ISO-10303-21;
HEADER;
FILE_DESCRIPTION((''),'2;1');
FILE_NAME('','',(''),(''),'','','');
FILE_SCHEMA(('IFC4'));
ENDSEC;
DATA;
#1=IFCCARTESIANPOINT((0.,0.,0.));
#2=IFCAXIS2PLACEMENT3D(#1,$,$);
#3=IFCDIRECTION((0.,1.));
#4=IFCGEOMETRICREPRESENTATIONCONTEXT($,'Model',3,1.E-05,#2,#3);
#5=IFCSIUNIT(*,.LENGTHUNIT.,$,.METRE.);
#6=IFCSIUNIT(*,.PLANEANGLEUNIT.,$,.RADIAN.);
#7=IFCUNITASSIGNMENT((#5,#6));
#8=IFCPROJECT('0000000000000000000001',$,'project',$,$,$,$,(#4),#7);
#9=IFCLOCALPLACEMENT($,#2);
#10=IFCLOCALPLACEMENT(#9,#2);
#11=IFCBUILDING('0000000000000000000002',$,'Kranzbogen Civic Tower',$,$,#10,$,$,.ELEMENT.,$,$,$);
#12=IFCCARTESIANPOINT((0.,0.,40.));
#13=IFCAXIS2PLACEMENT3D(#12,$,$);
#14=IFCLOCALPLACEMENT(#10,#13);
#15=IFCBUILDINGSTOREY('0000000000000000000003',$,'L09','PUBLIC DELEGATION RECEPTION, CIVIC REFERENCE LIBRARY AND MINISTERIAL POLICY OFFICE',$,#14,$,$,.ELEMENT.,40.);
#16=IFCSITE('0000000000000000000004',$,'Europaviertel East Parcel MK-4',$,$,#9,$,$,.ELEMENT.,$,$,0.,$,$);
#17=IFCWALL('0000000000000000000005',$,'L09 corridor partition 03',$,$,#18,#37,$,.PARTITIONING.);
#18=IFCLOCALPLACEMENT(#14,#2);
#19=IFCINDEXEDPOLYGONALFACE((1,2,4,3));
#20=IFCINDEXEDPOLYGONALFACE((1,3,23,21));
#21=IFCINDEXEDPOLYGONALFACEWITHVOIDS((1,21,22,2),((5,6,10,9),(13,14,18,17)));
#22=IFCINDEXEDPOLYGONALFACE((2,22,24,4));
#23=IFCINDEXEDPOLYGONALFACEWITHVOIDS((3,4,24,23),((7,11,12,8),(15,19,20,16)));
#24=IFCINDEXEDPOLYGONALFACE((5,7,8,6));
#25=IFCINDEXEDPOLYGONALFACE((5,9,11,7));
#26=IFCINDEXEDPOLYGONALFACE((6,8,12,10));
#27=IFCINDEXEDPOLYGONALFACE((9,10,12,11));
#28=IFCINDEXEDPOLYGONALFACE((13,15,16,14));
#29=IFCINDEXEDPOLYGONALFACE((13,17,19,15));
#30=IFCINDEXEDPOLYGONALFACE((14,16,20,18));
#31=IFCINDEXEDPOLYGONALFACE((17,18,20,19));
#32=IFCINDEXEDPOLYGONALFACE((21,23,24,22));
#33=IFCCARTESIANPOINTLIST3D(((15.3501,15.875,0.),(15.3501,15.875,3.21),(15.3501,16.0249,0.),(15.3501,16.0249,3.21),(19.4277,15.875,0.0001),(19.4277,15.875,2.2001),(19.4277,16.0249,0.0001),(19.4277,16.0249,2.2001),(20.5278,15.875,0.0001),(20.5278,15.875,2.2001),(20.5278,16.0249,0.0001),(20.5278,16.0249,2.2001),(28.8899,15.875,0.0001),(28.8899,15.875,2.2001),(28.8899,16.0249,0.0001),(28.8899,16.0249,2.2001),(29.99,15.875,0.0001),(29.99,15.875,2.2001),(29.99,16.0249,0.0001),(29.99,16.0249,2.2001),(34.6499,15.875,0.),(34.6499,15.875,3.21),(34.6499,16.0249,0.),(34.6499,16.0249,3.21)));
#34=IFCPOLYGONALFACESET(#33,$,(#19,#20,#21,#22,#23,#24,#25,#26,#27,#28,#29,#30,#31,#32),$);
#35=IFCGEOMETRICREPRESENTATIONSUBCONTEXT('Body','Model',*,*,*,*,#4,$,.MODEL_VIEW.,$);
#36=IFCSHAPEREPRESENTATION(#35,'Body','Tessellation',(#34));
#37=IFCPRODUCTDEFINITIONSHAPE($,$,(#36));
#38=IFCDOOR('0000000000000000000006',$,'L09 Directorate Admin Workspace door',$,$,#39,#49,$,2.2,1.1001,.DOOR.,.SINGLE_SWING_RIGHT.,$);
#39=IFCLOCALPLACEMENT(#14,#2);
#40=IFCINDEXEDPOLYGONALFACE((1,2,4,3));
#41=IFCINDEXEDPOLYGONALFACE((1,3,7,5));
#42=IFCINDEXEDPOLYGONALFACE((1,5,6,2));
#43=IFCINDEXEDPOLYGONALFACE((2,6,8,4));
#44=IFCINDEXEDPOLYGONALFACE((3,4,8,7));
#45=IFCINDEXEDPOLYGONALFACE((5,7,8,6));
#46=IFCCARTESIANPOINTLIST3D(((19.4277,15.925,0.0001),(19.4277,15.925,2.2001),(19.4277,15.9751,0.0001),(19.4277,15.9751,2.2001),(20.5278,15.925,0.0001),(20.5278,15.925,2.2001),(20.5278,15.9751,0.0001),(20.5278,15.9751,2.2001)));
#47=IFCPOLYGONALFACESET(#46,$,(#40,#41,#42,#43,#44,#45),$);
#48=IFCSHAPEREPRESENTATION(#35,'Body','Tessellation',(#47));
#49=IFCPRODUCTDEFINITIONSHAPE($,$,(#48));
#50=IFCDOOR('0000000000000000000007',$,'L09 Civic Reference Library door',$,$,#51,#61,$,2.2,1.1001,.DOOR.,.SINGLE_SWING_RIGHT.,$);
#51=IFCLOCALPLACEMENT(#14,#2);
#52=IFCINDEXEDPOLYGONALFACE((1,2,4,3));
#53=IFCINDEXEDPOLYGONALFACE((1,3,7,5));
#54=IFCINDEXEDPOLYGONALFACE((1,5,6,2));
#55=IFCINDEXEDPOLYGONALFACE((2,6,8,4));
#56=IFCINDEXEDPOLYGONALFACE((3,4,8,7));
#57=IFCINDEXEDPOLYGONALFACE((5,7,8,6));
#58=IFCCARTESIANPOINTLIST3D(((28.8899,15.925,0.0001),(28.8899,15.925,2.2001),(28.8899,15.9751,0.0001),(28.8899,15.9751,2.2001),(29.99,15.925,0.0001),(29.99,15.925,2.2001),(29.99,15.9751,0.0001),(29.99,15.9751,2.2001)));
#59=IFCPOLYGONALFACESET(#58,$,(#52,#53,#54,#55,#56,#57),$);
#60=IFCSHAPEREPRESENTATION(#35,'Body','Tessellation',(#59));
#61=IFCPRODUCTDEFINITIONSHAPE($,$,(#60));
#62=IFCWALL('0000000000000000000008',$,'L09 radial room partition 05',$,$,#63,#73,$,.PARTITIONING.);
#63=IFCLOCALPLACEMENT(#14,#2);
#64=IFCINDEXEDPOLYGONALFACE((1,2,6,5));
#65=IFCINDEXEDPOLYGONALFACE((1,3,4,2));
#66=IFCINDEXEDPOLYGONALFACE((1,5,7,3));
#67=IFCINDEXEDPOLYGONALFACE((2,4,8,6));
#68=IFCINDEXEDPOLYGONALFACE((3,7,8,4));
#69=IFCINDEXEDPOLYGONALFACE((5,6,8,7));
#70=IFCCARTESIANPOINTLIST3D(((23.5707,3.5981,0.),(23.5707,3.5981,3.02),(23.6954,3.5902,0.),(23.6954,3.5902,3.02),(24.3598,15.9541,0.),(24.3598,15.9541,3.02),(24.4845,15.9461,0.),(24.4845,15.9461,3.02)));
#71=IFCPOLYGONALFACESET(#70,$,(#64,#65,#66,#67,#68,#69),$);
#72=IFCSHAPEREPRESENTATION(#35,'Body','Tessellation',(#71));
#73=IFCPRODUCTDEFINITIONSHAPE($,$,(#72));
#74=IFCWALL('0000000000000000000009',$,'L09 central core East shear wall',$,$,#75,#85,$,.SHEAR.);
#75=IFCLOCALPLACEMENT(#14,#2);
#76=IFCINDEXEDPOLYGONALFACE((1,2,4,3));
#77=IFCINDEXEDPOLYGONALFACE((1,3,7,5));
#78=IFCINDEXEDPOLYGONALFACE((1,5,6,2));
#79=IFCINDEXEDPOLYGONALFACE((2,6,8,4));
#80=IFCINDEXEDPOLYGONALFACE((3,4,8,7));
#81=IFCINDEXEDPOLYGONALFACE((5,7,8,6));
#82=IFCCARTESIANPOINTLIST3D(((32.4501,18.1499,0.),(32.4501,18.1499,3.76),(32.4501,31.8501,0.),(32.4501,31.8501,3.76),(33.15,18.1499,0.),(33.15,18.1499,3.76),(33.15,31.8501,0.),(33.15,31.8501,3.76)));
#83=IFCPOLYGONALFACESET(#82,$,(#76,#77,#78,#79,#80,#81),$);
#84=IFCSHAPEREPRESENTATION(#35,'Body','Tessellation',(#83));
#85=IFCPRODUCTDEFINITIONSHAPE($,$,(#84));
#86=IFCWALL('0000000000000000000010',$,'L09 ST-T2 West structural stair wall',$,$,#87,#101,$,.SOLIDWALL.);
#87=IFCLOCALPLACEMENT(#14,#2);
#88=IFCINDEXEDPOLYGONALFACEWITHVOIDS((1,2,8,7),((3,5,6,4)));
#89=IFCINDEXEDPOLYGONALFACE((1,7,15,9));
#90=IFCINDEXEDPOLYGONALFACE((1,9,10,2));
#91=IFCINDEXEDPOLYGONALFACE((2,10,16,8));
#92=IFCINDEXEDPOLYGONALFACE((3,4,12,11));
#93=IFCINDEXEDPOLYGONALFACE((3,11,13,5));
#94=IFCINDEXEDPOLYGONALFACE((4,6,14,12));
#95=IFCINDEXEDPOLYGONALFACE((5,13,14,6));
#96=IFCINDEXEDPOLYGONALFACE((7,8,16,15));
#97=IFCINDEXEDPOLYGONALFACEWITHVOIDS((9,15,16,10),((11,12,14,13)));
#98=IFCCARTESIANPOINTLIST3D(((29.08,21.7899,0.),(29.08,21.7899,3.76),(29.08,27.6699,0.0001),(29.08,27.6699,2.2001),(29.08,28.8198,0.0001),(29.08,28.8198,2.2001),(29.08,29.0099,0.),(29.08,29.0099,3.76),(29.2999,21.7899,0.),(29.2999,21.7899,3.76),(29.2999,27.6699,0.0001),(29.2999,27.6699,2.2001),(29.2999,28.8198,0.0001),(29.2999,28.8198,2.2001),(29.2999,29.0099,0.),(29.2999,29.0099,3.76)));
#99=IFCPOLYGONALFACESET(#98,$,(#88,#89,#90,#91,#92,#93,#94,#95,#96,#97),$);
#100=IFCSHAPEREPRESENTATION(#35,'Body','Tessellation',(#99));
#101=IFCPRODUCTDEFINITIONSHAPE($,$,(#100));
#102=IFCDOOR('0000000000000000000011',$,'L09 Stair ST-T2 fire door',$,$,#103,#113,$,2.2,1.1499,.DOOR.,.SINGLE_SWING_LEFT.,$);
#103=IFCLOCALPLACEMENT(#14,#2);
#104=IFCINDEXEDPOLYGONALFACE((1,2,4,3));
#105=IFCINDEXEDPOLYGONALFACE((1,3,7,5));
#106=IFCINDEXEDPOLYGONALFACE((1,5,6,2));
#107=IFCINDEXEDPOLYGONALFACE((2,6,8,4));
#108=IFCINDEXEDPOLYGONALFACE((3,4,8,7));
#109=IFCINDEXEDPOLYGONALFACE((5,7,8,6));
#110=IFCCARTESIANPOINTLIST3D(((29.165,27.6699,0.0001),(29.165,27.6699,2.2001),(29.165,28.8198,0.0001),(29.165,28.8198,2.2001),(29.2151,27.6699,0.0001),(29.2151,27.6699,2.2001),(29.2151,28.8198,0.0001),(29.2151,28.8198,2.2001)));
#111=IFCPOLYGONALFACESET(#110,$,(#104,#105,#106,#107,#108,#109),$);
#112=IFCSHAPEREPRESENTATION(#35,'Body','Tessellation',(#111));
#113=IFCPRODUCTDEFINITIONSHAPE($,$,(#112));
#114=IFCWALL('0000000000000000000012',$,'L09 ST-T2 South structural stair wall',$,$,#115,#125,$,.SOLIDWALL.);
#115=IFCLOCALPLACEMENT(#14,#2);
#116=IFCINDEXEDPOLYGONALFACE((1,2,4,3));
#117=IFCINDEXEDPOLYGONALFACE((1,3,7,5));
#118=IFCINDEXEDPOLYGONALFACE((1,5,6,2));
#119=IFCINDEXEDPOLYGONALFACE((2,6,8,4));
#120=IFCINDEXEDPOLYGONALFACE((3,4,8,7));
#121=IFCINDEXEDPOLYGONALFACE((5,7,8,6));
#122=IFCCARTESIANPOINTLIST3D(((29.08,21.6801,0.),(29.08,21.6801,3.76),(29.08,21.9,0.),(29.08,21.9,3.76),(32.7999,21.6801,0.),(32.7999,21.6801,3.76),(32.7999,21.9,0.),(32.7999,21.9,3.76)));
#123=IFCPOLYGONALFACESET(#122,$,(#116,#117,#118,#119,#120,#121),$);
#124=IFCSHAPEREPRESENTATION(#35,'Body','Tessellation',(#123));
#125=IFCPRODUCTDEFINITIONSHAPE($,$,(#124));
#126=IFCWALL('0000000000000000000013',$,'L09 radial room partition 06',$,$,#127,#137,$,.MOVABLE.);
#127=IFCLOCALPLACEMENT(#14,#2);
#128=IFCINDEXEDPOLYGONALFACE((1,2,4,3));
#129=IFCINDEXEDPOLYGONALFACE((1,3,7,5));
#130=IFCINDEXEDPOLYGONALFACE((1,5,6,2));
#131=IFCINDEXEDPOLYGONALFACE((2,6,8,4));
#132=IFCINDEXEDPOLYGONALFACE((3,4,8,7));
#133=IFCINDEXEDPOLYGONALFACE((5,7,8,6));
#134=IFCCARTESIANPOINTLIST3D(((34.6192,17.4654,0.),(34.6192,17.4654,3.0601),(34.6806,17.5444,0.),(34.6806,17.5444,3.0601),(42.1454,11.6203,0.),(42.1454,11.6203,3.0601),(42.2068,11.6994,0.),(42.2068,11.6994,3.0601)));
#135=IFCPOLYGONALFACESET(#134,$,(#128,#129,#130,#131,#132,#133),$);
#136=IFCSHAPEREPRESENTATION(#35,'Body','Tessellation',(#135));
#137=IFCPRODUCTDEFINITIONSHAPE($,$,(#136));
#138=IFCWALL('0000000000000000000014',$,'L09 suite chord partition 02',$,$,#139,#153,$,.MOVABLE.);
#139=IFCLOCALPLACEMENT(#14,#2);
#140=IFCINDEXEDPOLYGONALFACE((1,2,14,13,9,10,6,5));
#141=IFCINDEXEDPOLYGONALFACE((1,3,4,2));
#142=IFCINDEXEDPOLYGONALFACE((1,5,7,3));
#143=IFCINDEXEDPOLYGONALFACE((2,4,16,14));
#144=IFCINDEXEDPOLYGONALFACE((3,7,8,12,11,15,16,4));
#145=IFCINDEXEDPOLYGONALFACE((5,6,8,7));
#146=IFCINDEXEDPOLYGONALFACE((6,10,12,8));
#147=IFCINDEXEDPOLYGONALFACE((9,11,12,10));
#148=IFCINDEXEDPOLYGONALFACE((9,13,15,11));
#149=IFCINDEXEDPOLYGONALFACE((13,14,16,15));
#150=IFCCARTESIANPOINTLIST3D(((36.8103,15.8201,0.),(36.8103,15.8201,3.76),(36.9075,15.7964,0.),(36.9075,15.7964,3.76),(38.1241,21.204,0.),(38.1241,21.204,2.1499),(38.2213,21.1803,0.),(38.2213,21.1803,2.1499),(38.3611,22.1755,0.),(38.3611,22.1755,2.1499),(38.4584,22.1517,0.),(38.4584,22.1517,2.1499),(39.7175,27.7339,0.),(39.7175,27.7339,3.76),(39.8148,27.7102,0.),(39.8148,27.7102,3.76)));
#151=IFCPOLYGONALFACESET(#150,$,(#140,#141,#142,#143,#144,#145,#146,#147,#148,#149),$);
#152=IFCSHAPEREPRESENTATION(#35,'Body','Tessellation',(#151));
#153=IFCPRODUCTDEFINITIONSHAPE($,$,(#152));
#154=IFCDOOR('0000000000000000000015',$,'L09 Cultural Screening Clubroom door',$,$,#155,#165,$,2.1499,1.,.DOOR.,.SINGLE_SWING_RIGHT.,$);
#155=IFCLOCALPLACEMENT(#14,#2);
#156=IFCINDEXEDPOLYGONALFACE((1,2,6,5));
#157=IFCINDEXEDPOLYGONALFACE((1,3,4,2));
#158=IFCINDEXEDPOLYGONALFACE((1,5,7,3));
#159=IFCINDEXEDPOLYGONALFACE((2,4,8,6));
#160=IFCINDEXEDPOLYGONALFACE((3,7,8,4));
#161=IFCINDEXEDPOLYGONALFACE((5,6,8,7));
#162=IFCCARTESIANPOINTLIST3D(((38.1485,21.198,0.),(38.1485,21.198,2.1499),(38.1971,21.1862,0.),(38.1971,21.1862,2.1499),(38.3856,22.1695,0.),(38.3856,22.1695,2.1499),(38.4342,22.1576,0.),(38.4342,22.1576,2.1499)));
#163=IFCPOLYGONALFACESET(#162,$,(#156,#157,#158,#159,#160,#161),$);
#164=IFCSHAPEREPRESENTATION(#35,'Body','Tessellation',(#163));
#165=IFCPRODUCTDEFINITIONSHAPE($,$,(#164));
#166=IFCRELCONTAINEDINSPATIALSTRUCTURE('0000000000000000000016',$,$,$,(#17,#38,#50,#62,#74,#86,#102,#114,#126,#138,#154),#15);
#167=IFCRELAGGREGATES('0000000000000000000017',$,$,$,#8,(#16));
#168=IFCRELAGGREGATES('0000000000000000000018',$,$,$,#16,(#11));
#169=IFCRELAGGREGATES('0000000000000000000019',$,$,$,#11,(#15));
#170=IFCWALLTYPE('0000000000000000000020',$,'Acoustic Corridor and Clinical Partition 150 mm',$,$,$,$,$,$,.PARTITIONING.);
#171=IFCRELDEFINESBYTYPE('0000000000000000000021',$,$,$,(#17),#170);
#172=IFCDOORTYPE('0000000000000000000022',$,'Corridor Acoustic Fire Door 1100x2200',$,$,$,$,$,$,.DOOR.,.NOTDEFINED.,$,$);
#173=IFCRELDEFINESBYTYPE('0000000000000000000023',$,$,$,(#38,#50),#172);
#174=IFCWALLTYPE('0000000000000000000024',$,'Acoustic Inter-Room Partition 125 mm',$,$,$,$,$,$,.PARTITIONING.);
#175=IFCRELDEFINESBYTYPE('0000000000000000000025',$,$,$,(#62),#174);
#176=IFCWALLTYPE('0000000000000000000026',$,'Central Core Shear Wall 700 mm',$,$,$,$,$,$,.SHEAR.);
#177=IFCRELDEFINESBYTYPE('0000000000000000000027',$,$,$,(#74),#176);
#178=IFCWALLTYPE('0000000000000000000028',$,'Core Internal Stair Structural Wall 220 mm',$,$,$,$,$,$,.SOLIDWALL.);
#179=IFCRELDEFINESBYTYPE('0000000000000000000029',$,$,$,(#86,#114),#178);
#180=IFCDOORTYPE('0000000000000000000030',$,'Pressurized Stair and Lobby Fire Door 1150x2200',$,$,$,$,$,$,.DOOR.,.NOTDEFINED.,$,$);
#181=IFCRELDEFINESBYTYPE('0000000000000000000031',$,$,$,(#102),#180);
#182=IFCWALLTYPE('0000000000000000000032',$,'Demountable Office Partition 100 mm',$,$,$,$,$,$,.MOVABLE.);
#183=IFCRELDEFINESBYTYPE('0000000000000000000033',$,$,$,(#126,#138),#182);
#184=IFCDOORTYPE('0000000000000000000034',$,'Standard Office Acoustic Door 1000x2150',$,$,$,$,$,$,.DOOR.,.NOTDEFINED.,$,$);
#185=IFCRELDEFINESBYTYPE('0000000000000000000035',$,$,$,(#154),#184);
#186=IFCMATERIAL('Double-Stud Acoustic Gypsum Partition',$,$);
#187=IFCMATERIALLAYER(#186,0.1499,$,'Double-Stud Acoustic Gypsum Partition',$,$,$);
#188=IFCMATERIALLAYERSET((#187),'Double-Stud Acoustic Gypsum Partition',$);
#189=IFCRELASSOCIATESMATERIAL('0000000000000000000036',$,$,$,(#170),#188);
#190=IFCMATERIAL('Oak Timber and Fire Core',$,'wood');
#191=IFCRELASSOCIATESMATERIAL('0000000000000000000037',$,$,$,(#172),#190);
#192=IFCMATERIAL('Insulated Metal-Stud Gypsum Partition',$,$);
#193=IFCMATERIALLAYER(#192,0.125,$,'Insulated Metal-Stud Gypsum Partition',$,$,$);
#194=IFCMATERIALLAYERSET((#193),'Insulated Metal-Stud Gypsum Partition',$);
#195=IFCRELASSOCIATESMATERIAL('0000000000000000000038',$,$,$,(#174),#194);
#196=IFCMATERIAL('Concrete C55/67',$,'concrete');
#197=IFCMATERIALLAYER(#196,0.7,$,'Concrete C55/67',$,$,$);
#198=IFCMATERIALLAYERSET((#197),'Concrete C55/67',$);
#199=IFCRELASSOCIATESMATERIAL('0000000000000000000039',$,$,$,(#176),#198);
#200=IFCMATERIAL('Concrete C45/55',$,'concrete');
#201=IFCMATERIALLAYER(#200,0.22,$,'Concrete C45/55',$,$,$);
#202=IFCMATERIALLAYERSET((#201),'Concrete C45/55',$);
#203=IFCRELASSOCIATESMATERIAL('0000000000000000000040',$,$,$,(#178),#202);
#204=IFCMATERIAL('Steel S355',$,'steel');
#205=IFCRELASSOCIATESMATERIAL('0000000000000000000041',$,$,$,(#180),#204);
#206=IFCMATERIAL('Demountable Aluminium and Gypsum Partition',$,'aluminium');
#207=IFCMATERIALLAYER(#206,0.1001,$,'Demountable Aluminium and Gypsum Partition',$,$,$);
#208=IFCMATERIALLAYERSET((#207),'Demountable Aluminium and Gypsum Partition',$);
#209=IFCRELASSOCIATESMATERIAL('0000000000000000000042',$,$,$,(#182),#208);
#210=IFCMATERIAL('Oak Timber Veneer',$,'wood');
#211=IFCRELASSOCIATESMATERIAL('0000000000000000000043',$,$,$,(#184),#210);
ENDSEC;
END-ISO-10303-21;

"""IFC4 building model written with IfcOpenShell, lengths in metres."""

from ifc_helpers import new_model, si_unit, direction, frame, frame_2d, origin, place, context, subcontext, project, spatial, rectangle, extrude, material, layer, layer_set, type_object, element, fill, save


model = new_model("IFC4")

# Units and contexts
model_context = context("Model", 3, precision=1e-05, world=origin(), true_north=direction((0.0, 1.0)))
body_context = subcontext(model_context, "Body", "Model", "MODEL_VIEW")
ifc_project = project(units=[si_unit("LENGTHUNIT", "METRE"), si_unit("PLANEANGLEUNIT", "RADIAN")], contexts=[model_context])

# Site, building, storey
site_placement = place(None, origin())
site = spatial("IfcSite", under=ifc_project, at=site_placement, Name="Europaviertel East Parcel MK-4", CompositionType="ELEMENT", RefElevation=0.0)
building_placement = place(site_placement, origin())
building = spatial("IfcBuilding", under=site, at=building_placement, Name="Kranzbogen Civic Tower", CompositionType="ELEMENT")
storey_placement = place(building_placement, frame((0.0, 0.0, 40.0)))
storey = spatial("IfcBuildingStorey", under=building, at=storey_placement, Name="L09", Description="PUBLIC DELEGATION RECEPTION, CIVIC REFERENCE LIBRARY AND MINISTERIAL POLICY OFFICE", CompositionType="ELEMENT", Elevation=40.0)

# Shared definitions
ifc_material_1 = material(Name="Steel S355", Category="steel")

# Wall, openings, doors
ifc_material_2 = material(Name="Double-Stud Acoustic Gypsum Partition")
ifc_layer_1 = layer(ifc_material_2, 0.1499, Name="Double-Stud Acoustic Gypsum Partition")
ifc_layer_set_1 = layer_set([ifc_layer_1], Name="Double-Stud Acoustic Gypsum Partition")
wall_type_1 = type_object("IfcWallType", Name="Acoustic Corridor and Clinical Partition 150 mm", PredefinedType="PARTITIONING", material=ifc_layer_set_1)
wall_1_placement = place(storey_placement, frame((34.6499, 15.95, 0.0), z_axis=(0.0, 0.0, 1.0), x_axis=(-1.0, 0.0, 0.0)))
wall_1 = element("IfcWall", 1, at=wall_1_placement, inside=storey, type_object=wall_type_1, Name="L09 corridor partition 03", PredefinedType="PARTITIONING", context=body_context, shape_type="SweptSolid", body=[
    extrude(rectangle(XDim=19.2998, YDim=0.1499, at=frame_2d((9.6499, 0.0))), origin(), (0.0, 0.0, 1.0), 3.21),
])
opening_1_placement = place(wall_1_placement, frame((14.1221, 0.0, 0.0)))
opening_1 = element("IfcOpeningElement", 2, at=opening_1_placement, cuts=wall_1, PredefinedType="OPENING", context=body_context, shape_type="SweptSolid", body=[
    extrude(rectangle(XDim=1.1001, YDim=2.2, at=frame_2d((0.55, 1.1001))), frame((0.0, 0.085, 0.0), z_axis=(0.0, -1.0, 0.0), x_axis=(1.0, 0.0, 0.0)), (0.0, 0.0, 1.0), 0.1699),
])
opening_2_placement = place(wall_1_placement, frame((4.6599, 0.0, 0.0)))
opening_2 = element("IfcOpeningElement", 3, at=opening_2_placement, cuts=wall_1, PredefinedType="OPENING", context=body_context, shape_type="SweptSolid", body=[
    extrude(rectangle(XDim=1.1001, YDim=2.2, at=frame_2d((0.55, 1.1001))), frame((0.0, 0.085, 0.0), z_axis=(0.0, -1.0, 0.0), x_axis=(1.0, 0.0, 0.0)), (0.0, 0.0, 1.0), 0.1699),
])
ifc_material_3 = material(Name="Oak Timber and Fire Core", Category="wood")
door_type_1 = type_object("IfcDoorType", Name="Corridor Acoustic Fire Door 1100x2200", OperationType="NOTDEFINED", PredefinedType="DOOR", material=ifc_material_3)
door_1_placement = place(opening_1_placement, origin())
door_1 = element("IfcDoor", 4, at=door_1_placement, inside=storey, type_object=door_type_1, Name="L09 Directorate Admin Workspace door", OperationType="SINGLE_SWING_RIGHT", OverallHeight=2.2, OverallWidth=1.1001, PredefinedType="DOOR", context=body_context, shape_type="SweptSolid", body=[
    extrude(rectangle(XDim=1.1001, YDim=2.2, at=frame_2d((0.55, 1.1001))), frame((0.0, 0.0249, 0.0), z_axis=(0.0, -1.0, 0.0), x_axis=(1.0, 0.0, 0.0)), (0.0, 0.0, 1.0), 0.05),
])
fill(opening_1, door_1)
door_2_placement = place(opening_2_placement, origin())
door_2 = element("IfcDoor", 5, at=door_2_placement, inside=storey, type_object=door_type_1, Name="L09 Civic Reference Library door", OperationType="SINGLE_SWING_RIGHT", OverallHeight=2.2, OverallWidth=1.1001, PredefinedType="DOOR", context=body_context, shape_type="SweptSolid", body=[
    extrude(rectangle(XDim=1.1001, YDim=2.2, at=frame_2d((0.55, 1.1001))), frame((0.0, 0.0249, 0.0), z_axis=(0.0, -1.0, 0.0), x_axis=(1.0, 0.0, 0.0)), (0.0, 0.0, 1.0), 0.05),
])
fill(opening_2, door_2)

# Walls
ifc_material_4 = material(Name="Insulated Metal-Stud Gypsum Partition")
ifc_layer_2 = layer(ifc_material_4, 0.125, Name="Insulated Metal-Stud Gypsum Partition")
ifc_layer_set_2 = layer_set([ifc_layer_2], Name="Insulated Metal-Stud Gypsum Partition")
wall_type_2 = type_object("IfcWallType", Name="Acoustic Inter-Room Partition 125 mm", PredefinedType="PARTITIONING", material=ifc_layer_set_2)
wall_2_placement = place(storey_placement, frame((24.4221, 15.95, 0.0), z_axis=(0.0, 0.0, 1.0), x_axis=(-0.063731, -0.997967, 0.0)))
element("IfcWall", 6, at=wall_2_placement, inside=storey, type_object=wall_type_2, Name="L09 radial room partition 05", PredefinedType="PARTITIONING", context=body_context, shape_type="SweptSolid", body=[
    extrude(rectangle(XDim=12.3811, YDim=0.125, at=frame_2d((6.1904, 0.0))), origin(), (0.0, 0.0, 1.0), 3.02),
])
ifc_material_5 = material(Name="Concrete C55/67", Category="concrete")
ifc_layer_3 = layer(ifc_material_5, 0.7, Name="Concrete C55/67")
ifc_layer_set_3 = layer_set([ifc_layer_3], Name="Concrete C55/67")
wall_type_3 = type_object("IfcWallType", Name="Central Core Shear Wall 700 mm", PredefinedType="SHEAR", material=ifc_layer_set_3)
wall_3_placement = place(storey_placement, frame((32.8, 18.1499, 0.0), z_axis=(0.0, 0.0, 1.0), x_axis=(0.0, 1.0, 0.0)))
element("IfcWall", 7, at=wall_3_placement, inside=storey, type_object=wall_type_3, Name="L09 central core East shear wall", PredefinedType="SHEAR", context=body_context, shape_type="SweptSolid", body=[
    extrude(rectangle(XDim=13.7002, YDim=0.7, at=frame_2d((6.8501, 0.0))), origin(), (0.0, 0.0, 1.0), 3.76),
])

# Wall, opening, door
ifc_material_6 = material(Name="Concrete C45/55", Category="concrete")
ifc_layer_4 = layer(ifc_material_6, 0.22, Name="Concrete C45/55")
ifc_layer_set_4 = layer_set([ifc_layer_4], Name="Concrete C45/55")
wall_type_4 = type_object("IfcWallType", Name="Core Internal Stair Structural Wall 220 mm", PredefinedType="SOLIDWALL", material=ifc_layer_set_4)
wall_4_placement = place(storey_placement, frame((29.1899, 21.79, 0.0), z_axis=(0.0, 0.0, 1.0), x_axis=(0.0, 1.0, 0.0)))
wall_4 = element("IfcWall", 8, at=wall_4_placement, inside=storey, type_object=wall_type_4, Name="L09 ST-T2 West structural stair wall", PredefinedType="SOLIDWALL", context=body_context, shape_type="SweptSolid", body=[
    extrude(rectangle(XDim=7.22, YDim=0.22, at=frame_2d((3.6099, 0.0))), origin(), (0.0, 0.0, 1.0), 3.76),
])
opening_3_placement = place(wall_4_placement, frame((5.8799, 0.0, 0.0)))
opening_3 = element("IfcOpeningElement", 9, at=opening_3_placement, cuts=wall_4, PredefinedType="OPENING", context=body_context, shape_type="SweptSolid", body=[
    extrude(rectangle(XDim=1.1499, YDim=2.2, at=frame_2d((0.575, 1.1001))), frame((0.0, 0.1201, 0.0), z_axis=(0.0, -1.0, 0.0), x_axis=(1.0, 0.0, 0.0)), (0.0, 0.0, 1.0), 0.24),
])
door_type_2 = type_object("IfcDoorType", Name="Pressurized Stair and Lobby Fire Door 1150x2200", OperationType="NOTDEFINED", PredefinedType="DOOR", material=ifc_material_1)
door_3_placement = place(opening_3_placement, origin())
door_3 = element("IfcDoor", 10, at=door_3_placement, inside=storey, type_object=door_type_2, Name="L09 Stair ST-T2 fire door", OperationType="SINGLE_SWING_LEFT", OverallHeight=2.2, OverallWidth=1.1499, PredefinedType="DOOR", context=body_context, shape_type="SweptSolid", body=[
    extrude(rectangle(XDim=1.1499, YDim=2.2, at=frame_2d((0.575, 1.1001))), frame((0.0, 0.0249, 0.0), z_axis=(0.0, -1.0, 0.0), x_axis=(1.0, 0.0, 0.0)), (0.0, 0.0, 1.0), 0.05),
])
fill(opening_3, door_3)

# Walls
wall_5_placement = place(storey_placement, frame((29.0801, 21.79, 0.0), z_axis=(0.0, 0.0, 1.0), x_axis=(1.0, 0.0, 0.0)))
element("IfcWall", 11, at=wall_5_placement, inside=storey, type_object=wall_type_4, Name="L09 ST-T2 South structural stair wall", PredefinedType="SOLIDWALL", context=body_context, shape_type="SweptSolid", body=[
    extrude(rectangle(XDim=3.72, YDim=0.22, at=frame_2d((1.8599, 0.0))), origin(), (0.0, 0.0, 1.0), 3.76),
])
ifc_material_7 = material(Name="Demountable Aluminium and Gypsum Partition", Category="aluminium")
ifc_layer_5 = layer(ifc_material_7, 0.1001, Name="Demountable Aluminium and Gypsum Partition")
ifc_layer_set_5 = layer_set([ifc_layer_5], Name="Demountable Aluminium and Gypsum Partition")
wall_type_5 = type_object("IfcWallType", Name="Demountable Office Partition 100 mm", PredefinedType="MOVABLE", material=ifc_layer_set_5)
wall_6_placement = place(storey_placement, frame((34.6499, 17.5049, 0.0), z_axis=(0.0, 0.0, 1.0), x_axis=(0.789793, -0.613373, 0.0)))
element("IfcWall", 12, at=wall_6_placement, inside=storey, type_object=wall_type_5, Name="L09 radial room partition 06", PredefinedType="MOVABLE", context=body_context, shape_type="SweptSolid", body=[
    extrude(rectangle(XDim=9.5293, YDim=0.1001, at=frame_2d((4.7646, 0.0))), origin(), (0.0, 0.0, 1.0), 3.0601),
])

# Wall, opening, door
wall_7_placement = place(storey_placement, frame((36.8589, 15.8081, 0.0), z_axis=(0.0, 0.0, 1.0), x_axis=(0.237065, 0.971494, 0.0)))
wall_7 = element("IfcWall", 13, at=wall_7_placement, inside=storey, type_object=wall_type_5, Name="L09 suite chord partition 02", PredefinedType="MOVABLE", context=body_context, shape_type="SweptSolid", body=[
    extrude(rectangle(XDim=12.2634, YDim=0.1001, at=frame_2d((6.1318, 0.0))), origin(), (0.0, 0.0, 1.0), 3.76),
])
opening_4_placement = place(wall_7_placement, frame((5.542, 0.0, 0.0)))
opening_4 = element("IfcOpeningElement", 14, at=opening_4_placement, cuts=wall_7, PredefinedType="OPENING", context=body_context, shape_type="SweptSolid", body=[
    extrude(rectangle(XDim=1.0, YDim=2.1499, at=frame_2d((0.5, 1.075))), frame((0.0, 0.0601, 0.0), z_axis=(0.0, -1.0, 0.0), x_axis=(1.0, 0.0, 0.0)), (0.0, 0.0, 1.0), 0.1201),
])
ifc_material_8 = material(Name="Oak Timber Veneer", Category="wood")
door_type_3 = type_object("IfcDoorType", Name="Standard Office Acoustic Door 1000x2150", OperationType="NOTDEFINED", PredefinedType="DOOR", material=ifc_material_8)
door_4_placement = place(opening_4_placement, origin())
door_4 = element("IfcDoor", 15, at=door_4_placement, inside=storey, type_object=door_type_3, Name="L09 Cultural Screening Clubroom door", OperationType="SINGLE_SWING_RIGHT", OverallHeight=2.1499, OverallWidth=1.0, PredefinedType="DOOR", context=body_context, shape_type="SweptSolid", body=[
    extrude(rectangle(XDim=1.0, YDim=2.1499, at=frame_2d((0.5, 1.075))), frame((0.0, 0.0249, 0.0), z_axis=(0.0, -1.0, 0.0), x_axis=(1.0, 0.0, 0.0)), (0.0, 0.0, 1.0), 0.05),
])
fill(opening_4, door_4)

save(model, "model.ifc")
